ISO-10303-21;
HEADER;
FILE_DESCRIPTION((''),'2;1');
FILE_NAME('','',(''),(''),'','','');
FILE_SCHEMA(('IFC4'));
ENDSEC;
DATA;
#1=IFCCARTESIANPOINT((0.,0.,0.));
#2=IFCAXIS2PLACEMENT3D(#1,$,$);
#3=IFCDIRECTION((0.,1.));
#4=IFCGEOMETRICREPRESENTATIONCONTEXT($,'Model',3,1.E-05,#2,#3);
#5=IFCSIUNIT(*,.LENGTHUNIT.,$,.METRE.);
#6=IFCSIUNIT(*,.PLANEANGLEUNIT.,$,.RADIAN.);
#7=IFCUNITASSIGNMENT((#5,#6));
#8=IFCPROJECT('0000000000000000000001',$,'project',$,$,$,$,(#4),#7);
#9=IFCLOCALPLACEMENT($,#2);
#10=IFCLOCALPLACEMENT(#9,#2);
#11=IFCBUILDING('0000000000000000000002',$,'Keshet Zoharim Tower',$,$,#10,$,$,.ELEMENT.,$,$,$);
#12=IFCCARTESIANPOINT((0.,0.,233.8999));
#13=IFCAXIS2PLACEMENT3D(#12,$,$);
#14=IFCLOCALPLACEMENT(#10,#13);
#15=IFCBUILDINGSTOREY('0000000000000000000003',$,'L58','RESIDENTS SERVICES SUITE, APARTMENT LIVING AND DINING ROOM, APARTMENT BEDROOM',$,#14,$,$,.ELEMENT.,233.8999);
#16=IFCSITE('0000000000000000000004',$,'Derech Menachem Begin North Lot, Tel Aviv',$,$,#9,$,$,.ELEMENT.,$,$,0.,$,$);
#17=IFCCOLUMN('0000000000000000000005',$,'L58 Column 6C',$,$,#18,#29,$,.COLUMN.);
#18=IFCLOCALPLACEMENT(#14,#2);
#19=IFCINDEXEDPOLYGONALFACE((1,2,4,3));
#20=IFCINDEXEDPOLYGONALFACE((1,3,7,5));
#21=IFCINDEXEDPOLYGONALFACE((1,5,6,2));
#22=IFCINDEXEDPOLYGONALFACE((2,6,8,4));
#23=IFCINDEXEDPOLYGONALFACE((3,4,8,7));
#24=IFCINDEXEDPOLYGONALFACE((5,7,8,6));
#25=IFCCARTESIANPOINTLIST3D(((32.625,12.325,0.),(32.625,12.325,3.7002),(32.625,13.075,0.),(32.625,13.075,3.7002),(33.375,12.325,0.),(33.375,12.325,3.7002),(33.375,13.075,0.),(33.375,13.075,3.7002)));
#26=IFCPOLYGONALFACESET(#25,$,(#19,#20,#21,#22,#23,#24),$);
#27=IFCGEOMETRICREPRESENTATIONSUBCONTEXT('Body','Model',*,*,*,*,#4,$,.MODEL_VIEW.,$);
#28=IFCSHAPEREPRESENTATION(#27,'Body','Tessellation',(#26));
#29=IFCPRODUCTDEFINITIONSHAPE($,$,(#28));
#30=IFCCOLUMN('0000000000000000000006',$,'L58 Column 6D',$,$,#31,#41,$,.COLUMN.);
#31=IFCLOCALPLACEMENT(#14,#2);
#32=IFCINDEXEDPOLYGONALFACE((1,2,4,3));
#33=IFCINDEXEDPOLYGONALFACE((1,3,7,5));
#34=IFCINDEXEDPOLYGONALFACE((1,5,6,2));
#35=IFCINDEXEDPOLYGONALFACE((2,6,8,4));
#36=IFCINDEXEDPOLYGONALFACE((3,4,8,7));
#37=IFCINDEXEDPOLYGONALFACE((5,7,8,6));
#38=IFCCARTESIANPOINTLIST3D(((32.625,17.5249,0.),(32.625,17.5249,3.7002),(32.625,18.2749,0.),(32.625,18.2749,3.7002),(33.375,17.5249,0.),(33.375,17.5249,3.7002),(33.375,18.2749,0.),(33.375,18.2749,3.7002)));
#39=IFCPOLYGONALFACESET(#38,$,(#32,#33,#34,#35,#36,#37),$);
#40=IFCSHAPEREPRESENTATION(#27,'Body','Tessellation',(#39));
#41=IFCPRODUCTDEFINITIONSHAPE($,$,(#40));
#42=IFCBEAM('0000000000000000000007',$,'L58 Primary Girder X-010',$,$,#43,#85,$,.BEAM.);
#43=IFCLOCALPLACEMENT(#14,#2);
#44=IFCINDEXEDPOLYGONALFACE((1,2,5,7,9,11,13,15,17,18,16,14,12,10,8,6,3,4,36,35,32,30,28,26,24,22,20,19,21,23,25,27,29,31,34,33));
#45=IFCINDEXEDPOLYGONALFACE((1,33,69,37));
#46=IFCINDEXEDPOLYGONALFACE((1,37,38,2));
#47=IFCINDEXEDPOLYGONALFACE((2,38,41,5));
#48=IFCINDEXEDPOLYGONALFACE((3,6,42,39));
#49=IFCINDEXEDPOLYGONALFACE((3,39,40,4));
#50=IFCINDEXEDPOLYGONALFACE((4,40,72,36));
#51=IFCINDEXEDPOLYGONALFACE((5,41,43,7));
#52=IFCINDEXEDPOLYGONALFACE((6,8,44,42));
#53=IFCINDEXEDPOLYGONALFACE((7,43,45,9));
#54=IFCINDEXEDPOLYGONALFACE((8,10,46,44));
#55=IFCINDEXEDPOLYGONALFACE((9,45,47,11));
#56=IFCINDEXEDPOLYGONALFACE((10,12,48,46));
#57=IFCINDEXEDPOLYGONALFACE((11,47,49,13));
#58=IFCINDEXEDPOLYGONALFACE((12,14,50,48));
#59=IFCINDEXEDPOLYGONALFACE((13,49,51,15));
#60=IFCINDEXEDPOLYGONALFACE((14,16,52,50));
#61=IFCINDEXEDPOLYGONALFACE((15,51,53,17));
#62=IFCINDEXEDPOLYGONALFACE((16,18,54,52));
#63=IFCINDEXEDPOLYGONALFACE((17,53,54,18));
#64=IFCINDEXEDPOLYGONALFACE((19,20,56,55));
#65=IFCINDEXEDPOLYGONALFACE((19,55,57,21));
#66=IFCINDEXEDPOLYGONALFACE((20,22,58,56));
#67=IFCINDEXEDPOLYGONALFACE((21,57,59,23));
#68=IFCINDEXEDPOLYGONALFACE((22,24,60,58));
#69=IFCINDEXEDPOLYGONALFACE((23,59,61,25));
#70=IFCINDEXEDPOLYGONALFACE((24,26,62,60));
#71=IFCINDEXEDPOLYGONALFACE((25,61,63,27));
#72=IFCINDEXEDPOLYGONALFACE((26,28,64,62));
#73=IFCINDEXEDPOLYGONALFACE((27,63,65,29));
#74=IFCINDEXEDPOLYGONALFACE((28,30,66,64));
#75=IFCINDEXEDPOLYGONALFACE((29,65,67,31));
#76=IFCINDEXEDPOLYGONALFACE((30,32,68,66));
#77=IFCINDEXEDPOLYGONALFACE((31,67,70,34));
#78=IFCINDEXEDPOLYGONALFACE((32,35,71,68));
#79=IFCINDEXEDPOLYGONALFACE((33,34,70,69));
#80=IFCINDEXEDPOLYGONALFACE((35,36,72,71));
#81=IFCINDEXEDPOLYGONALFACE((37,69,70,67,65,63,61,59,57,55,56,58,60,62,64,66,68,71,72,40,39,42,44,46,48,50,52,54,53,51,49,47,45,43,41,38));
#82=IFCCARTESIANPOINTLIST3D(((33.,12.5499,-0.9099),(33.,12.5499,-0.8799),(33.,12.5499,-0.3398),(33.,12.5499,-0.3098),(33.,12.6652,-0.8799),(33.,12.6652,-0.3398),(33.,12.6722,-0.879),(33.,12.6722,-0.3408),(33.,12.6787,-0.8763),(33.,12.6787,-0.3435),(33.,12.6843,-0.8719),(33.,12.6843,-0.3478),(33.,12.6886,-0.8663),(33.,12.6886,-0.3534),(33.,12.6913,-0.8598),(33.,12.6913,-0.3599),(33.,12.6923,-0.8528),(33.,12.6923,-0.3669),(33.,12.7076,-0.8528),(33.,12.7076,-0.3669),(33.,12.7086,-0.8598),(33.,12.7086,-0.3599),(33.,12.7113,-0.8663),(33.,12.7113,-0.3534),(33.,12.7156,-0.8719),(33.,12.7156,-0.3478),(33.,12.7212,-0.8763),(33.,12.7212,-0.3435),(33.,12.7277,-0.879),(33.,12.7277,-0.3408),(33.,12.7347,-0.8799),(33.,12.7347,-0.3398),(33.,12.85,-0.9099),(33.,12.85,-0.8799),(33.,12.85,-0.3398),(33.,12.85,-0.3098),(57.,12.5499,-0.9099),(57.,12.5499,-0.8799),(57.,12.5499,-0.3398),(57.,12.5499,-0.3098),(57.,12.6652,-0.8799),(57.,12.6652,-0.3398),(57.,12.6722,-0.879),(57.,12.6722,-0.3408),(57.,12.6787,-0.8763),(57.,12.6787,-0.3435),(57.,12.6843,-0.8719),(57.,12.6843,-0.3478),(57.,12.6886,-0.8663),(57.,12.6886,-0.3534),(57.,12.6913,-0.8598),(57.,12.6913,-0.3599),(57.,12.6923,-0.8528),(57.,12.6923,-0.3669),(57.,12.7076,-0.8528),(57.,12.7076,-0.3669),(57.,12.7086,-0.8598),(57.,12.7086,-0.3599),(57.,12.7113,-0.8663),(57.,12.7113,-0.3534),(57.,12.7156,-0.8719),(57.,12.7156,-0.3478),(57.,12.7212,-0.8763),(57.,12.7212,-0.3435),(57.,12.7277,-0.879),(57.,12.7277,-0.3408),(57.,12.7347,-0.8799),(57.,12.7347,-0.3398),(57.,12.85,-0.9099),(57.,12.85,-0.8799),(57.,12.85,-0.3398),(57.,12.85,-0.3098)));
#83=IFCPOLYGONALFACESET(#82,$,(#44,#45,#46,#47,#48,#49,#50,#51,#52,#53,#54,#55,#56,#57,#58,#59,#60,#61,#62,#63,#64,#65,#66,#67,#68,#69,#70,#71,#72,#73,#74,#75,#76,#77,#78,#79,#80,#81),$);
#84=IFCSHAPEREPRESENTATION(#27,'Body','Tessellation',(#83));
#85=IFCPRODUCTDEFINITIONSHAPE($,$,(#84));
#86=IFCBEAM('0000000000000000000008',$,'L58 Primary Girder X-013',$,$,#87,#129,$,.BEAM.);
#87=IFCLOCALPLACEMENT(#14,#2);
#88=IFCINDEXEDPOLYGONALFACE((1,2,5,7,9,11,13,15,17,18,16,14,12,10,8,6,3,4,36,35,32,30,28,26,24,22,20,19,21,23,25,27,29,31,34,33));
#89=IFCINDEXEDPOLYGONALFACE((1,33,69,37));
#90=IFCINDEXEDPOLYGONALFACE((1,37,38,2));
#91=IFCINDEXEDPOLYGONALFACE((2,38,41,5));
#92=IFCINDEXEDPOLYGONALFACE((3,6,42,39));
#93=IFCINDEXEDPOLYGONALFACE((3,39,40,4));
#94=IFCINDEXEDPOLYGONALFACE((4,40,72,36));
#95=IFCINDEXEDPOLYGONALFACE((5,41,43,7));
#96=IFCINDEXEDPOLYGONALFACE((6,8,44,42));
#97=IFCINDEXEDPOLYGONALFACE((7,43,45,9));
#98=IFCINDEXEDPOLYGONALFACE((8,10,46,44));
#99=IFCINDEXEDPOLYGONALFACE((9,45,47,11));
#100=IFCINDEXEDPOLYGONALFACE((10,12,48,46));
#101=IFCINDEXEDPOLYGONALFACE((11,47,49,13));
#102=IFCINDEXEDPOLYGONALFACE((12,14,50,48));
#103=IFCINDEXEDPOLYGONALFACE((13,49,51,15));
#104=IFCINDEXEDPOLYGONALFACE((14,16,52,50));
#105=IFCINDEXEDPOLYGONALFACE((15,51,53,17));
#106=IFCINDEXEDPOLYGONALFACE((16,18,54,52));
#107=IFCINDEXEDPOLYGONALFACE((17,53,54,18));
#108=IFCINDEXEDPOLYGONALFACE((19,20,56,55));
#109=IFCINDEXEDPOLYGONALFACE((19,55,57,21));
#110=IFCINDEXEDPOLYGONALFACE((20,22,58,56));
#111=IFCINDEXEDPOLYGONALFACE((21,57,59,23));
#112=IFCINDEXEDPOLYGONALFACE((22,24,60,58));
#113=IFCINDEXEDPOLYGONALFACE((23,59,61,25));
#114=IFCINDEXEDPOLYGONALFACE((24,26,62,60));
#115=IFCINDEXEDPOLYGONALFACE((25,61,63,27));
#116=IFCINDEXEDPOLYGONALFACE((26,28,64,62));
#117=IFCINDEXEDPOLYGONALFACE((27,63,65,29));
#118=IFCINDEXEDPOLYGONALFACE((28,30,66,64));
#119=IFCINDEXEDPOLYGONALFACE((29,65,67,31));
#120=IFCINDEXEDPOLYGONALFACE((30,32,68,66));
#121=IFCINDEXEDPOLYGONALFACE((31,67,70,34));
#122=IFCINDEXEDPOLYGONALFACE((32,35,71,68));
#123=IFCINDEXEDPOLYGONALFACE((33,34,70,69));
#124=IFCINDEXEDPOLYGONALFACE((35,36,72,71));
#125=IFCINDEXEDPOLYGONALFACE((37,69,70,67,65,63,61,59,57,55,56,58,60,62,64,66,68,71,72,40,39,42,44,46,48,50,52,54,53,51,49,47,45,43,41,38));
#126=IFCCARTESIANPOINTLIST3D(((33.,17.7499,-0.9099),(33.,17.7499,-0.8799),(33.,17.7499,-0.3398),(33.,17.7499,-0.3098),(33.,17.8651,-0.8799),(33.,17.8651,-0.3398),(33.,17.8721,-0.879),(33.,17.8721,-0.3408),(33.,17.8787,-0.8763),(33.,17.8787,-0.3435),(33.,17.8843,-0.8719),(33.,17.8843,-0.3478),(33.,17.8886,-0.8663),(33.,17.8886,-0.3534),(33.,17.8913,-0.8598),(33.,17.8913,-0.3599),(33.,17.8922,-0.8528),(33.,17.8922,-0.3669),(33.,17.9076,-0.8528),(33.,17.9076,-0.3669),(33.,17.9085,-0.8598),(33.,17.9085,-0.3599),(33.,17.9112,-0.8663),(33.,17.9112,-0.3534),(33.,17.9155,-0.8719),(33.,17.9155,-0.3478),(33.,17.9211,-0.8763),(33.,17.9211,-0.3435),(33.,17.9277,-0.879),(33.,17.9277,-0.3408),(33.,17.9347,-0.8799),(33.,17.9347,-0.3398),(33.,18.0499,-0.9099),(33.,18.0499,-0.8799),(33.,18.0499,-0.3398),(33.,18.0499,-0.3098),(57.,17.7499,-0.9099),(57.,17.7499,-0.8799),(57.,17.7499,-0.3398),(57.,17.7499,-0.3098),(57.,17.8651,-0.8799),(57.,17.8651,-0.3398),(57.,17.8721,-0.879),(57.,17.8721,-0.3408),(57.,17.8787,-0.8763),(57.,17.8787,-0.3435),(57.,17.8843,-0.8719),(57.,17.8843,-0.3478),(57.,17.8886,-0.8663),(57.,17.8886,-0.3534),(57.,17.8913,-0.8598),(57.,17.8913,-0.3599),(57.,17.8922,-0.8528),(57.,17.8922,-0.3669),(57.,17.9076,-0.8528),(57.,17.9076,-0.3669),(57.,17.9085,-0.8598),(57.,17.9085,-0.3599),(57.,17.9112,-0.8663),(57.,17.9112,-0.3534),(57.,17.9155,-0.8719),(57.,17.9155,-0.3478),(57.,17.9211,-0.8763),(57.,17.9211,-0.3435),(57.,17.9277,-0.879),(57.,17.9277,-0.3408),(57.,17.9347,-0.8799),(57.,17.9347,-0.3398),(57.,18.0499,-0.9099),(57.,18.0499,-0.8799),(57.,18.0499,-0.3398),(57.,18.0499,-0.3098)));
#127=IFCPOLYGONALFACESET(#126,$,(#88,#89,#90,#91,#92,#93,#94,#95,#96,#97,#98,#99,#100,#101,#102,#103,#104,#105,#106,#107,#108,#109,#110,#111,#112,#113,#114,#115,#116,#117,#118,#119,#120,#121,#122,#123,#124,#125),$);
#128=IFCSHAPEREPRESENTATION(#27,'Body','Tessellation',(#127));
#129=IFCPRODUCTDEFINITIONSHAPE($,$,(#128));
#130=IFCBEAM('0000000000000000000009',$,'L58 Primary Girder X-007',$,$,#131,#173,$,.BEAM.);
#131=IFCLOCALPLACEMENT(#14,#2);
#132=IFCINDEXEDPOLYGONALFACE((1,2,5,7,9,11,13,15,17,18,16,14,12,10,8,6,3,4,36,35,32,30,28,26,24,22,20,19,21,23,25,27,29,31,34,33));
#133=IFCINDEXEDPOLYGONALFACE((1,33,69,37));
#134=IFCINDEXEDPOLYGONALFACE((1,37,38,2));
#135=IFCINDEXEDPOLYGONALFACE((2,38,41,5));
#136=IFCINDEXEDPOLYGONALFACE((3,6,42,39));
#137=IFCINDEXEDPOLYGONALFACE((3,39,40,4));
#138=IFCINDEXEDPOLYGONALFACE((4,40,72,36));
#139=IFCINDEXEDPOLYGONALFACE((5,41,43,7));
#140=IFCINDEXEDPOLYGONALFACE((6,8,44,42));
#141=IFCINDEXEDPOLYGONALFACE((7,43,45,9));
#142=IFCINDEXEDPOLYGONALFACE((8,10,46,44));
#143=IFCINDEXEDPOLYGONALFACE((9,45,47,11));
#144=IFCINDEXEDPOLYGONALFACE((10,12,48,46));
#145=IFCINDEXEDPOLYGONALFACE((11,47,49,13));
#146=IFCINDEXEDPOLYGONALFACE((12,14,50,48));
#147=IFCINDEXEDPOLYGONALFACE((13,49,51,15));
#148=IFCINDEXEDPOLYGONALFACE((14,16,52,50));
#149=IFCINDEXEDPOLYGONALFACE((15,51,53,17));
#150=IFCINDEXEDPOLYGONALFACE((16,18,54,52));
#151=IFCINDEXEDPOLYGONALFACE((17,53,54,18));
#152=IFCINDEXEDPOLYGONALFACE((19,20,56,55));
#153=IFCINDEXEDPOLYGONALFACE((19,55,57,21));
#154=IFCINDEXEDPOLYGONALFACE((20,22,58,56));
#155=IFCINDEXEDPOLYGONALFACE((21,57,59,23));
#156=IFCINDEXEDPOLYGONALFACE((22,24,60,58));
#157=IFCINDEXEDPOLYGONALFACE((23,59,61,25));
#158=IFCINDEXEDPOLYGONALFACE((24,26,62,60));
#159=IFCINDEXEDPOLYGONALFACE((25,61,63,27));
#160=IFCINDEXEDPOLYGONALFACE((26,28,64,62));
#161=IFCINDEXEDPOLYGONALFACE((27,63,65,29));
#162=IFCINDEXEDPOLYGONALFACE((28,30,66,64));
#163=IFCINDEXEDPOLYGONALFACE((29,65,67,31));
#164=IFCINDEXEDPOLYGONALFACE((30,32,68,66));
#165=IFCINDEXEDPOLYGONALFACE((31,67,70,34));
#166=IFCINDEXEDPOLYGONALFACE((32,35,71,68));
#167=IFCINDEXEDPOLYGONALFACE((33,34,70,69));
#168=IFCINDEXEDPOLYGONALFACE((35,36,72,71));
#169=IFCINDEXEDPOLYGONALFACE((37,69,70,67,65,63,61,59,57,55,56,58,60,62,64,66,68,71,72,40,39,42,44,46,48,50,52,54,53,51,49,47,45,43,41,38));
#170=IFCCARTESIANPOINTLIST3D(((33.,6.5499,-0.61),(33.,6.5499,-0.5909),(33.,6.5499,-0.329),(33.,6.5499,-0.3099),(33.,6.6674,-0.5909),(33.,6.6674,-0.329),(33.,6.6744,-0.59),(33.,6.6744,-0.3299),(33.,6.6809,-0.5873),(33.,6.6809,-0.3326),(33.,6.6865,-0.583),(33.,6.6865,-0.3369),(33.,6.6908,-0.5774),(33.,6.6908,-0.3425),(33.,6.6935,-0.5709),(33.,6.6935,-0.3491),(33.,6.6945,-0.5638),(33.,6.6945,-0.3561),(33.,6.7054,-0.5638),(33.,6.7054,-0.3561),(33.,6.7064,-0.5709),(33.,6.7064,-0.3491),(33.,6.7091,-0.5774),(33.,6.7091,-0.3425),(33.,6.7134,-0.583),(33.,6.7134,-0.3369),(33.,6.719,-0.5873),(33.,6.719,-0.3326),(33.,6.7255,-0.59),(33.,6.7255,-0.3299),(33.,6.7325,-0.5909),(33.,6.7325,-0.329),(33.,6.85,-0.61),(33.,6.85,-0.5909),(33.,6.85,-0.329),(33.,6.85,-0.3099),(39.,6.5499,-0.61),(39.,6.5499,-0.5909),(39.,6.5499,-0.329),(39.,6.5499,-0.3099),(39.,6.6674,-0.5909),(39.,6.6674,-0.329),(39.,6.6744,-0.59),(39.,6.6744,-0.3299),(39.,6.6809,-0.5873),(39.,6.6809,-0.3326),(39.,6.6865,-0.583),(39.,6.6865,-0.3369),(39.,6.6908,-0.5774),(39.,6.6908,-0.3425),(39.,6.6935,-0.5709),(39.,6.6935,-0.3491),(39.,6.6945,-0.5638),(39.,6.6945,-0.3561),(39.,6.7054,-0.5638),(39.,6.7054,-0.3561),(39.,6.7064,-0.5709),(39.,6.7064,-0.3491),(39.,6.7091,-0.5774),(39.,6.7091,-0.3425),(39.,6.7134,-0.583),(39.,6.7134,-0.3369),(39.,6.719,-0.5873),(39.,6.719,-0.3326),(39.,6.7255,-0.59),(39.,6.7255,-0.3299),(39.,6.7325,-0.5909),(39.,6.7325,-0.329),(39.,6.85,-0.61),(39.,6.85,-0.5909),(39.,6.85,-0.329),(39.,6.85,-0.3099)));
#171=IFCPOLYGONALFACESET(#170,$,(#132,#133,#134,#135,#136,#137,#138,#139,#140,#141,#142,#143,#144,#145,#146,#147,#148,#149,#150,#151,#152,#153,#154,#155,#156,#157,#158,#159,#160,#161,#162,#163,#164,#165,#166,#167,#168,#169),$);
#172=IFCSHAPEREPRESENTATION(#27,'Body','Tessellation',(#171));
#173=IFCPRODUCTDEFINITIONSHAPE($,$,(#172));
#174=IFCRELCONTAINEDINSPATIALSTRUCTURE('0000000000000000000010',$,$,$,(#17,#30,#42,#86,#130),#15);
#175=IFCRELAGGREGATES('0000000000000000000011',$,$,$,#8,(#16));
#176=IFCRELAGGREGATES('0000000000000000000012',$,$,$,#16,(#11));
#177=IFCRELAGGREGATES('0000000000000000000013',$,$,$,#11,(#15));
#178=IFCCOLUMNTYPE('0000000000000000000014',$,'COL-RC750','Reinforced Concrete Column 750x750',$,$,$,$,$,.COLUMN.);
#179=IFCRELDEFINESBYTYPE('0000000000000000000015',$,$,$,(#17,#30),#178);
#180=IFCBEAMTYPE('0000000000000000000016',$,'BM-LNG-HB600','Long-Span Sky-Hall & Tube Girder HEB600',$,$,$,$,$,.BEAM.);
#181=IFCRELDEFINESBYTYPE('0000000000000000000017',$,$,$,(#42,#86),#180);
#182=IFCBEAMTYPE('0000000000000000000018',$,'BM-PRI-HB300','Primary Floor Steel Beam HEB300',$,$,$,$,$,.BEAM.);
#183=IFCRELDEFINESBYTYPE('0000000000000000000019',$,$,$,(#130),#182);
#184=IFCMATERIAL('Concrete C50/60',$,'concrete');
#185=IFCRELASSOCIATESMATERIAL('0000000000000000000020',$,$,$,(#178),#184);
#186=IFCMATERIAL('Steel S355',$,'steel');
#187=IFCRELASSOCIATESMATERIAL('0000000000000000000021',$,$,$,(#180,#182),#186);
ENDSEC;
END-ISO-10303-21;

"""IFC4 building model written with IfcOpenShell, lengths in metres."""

from ifc_helpers import new_model, si_unit, direction, frame, origin, origin_2d, place, context, subcontext, project, spatial, rectangle, i_section, extrude, material, material_profile, profile_set, type_object, element, save


model = new_model("IFC4")

# Units and contexts
model_context = context("Model", 3, precision=1e-05, world=origin(), true_north=direction((0.0, 1.0)))
body_context = subcontext(model_context, "Body", "Model", "MODEL_VIEW")
ifc_project = project(units=[si_unit("LENGTHUNIT", "METRE"), si_unit("PLANEANGLEUNIT", "RADIAN")], contexts=[model_context])

# Site, building, storey
site_placement = place(None, origin())
site = spatial("IfcSite", under=ifc_project, at=site_placement, Name="Derech Menachem Begin North Lot, Tel Aviv", CompositionType="ELEMENT", RefElevation=0.0)
building_placement = place(site_placement, origin())
building = spatial("IfcBuilding", under=site, at=building_placement, Name="Keshet Zoharim Tower", CompositionType="ELEMENT")
storey_placement = place(building_placement, frame((0.0, 0.0, 233.8999)))
storey = spatial("IfcBuildingStorey", under=building, at=storey_placement, Name="L58", Description="RESIDENTS SERVICES SUITE, APARTMENT LIVING AND DINING ROOM, APARTMENT BEDROOM", CompositionType="ELEMENT", Elevation=233.8999)

# Columns
ifc_material_1 = material(Name="Concrete C50/60", Category="concrete")
ifc_material_profile_1 = material_profile(ifc_material_1, rectangle(XDim=0.75, YDim=0.75, at=origin_2d()), Name="RC750x750")
ifc_profile_set_1 = profile_set([ifc_material_profile_1], Name="Concrete C50/60")
column_type = type_object("IfcColumnType", Name="COL-RC750", Description="Reinforced Concrete Column 750x750", PredefinedType="COLUMN", material=ifc_profile_set_1)
for number, where, z_axis, x_axis, name in (
    (1, (33.0, 12.7, 0.0), (0.0, 0.0, 1.0), (1.0, 0.0, 0.0), "L58 Column 6C"),
    (2, (33.0, 17.8999, 0.0), (0.0, 0.0, 1.0), (1.0, 0.0, 0.0), "L58 Column 6D"),
):
    element("IfcColumn", number, at=place(storey_placement, frame(where, z_axis=z_axis, x_axis=x_axis)), inside=storey, type_object=column_type, Name=name, PredefinedType="COLUMN", context=body_context, shape_type="SweptSolid", body=[
        extrude(rectangle(XDim=0.75, YDim=0.75, at=origin_2d()), origin(), (0.0, 0.0, 1.0), 3.7002),
    ])

# Beams
ifc_material_2 = material(Name="Steel S355", Category="steel")
ifc_material_profile_2 = material_profile(ifc_material_2, i_section(OverallWidth=0.3, OverallDepth=0.6001, WebThickness=0.0154, FlangeThickness=0.03, FilletRadius=0.0271, at=origin_2d()), Name="HEB600")
ifc_profile_set_2 = profile_set([ifc_material_profile_2], Name="Steel S355")
beam_type_1 = type_object("IfcBeamType", Name="BM-LNG-HB600", Description="Long-Span Sky-Hall & Tube Girder HEB600", PredefinedType="BEAM", material=ifc_profile_set_2)
for number, where, z_axis, x_axis, name in (
    (3, (33.0, 12.7, -0.6099), (1.0, 0.0, 0.0), (0.0, 1.0, 0.0), "L58 Primary Girder X-010"),
    (4, (33.0, 17.8999, -0.6099), (1.0, 0.0, 0.0), (0.0, 1.0, 0.0), "L58 Primary Girder X-013"),
):
    element("IfcBeam", number, at=place(storey_placement, frame(where, z_axis=z_axis, x_axis=x_axis)), inside=storey, type_object=beam_type_1, Name=name, PredefinedType="BEAM", context=body_context, shape_type="SweptSolid", body=[
        extrude(i_section(OverallWidth=0.3, OverallDepth=0.6001, WebThickness=0.0154, FlangeThickness=0.03, FilletRadius=0.0271, at=origin_2d()), origin(), (0.0, 0.0, 1.0), 24.0),
    ])
ifc_material_profile_3 = material_profile(ifc_material_2, i_section(OverallWidth=0.3, OverallDepth=0.3, WebThickness=0.011, FlangeThickness=0.019, FilletRadius=0.0271, at=origin_2d()), Name="HEB300")
ifc_profile_set_3 = profile_set([ifc_material_profile_3], Name="Steel S355")
beam_type_2 = type_object("IfcBeamType", Name="BM-PRI-HB300", Description="Primary Floor Steel Beam HEB300", PredefinedType="BEAM", material=ifc_profile_set_3)
beam_1_placement = place(storey_placement, frame((33.0, 6.7, -0.46), z_axis=(1.0, 0.0, 0.0), x_axis=(0.0, 1.0, 0.0)))
element("IfcBeam", 5, at=beam_1_placement, inside=storey, type_object=beam_type_2, Name="L58 Primary Girder X-007", PredefinedType="BEAM", context=body_context, shape_type="SweptSolid", body=[
    extrude(i_section(OverallWidth=0.3, OverallDepth=0.3, WebThickness=0.011, FlangeThickness=0.019, FilletRadius=0.0271, at=origin_2d()), origin(), (0.0, 0.0, 1.0), 6.0),
])

save(model, "model.ifc")
